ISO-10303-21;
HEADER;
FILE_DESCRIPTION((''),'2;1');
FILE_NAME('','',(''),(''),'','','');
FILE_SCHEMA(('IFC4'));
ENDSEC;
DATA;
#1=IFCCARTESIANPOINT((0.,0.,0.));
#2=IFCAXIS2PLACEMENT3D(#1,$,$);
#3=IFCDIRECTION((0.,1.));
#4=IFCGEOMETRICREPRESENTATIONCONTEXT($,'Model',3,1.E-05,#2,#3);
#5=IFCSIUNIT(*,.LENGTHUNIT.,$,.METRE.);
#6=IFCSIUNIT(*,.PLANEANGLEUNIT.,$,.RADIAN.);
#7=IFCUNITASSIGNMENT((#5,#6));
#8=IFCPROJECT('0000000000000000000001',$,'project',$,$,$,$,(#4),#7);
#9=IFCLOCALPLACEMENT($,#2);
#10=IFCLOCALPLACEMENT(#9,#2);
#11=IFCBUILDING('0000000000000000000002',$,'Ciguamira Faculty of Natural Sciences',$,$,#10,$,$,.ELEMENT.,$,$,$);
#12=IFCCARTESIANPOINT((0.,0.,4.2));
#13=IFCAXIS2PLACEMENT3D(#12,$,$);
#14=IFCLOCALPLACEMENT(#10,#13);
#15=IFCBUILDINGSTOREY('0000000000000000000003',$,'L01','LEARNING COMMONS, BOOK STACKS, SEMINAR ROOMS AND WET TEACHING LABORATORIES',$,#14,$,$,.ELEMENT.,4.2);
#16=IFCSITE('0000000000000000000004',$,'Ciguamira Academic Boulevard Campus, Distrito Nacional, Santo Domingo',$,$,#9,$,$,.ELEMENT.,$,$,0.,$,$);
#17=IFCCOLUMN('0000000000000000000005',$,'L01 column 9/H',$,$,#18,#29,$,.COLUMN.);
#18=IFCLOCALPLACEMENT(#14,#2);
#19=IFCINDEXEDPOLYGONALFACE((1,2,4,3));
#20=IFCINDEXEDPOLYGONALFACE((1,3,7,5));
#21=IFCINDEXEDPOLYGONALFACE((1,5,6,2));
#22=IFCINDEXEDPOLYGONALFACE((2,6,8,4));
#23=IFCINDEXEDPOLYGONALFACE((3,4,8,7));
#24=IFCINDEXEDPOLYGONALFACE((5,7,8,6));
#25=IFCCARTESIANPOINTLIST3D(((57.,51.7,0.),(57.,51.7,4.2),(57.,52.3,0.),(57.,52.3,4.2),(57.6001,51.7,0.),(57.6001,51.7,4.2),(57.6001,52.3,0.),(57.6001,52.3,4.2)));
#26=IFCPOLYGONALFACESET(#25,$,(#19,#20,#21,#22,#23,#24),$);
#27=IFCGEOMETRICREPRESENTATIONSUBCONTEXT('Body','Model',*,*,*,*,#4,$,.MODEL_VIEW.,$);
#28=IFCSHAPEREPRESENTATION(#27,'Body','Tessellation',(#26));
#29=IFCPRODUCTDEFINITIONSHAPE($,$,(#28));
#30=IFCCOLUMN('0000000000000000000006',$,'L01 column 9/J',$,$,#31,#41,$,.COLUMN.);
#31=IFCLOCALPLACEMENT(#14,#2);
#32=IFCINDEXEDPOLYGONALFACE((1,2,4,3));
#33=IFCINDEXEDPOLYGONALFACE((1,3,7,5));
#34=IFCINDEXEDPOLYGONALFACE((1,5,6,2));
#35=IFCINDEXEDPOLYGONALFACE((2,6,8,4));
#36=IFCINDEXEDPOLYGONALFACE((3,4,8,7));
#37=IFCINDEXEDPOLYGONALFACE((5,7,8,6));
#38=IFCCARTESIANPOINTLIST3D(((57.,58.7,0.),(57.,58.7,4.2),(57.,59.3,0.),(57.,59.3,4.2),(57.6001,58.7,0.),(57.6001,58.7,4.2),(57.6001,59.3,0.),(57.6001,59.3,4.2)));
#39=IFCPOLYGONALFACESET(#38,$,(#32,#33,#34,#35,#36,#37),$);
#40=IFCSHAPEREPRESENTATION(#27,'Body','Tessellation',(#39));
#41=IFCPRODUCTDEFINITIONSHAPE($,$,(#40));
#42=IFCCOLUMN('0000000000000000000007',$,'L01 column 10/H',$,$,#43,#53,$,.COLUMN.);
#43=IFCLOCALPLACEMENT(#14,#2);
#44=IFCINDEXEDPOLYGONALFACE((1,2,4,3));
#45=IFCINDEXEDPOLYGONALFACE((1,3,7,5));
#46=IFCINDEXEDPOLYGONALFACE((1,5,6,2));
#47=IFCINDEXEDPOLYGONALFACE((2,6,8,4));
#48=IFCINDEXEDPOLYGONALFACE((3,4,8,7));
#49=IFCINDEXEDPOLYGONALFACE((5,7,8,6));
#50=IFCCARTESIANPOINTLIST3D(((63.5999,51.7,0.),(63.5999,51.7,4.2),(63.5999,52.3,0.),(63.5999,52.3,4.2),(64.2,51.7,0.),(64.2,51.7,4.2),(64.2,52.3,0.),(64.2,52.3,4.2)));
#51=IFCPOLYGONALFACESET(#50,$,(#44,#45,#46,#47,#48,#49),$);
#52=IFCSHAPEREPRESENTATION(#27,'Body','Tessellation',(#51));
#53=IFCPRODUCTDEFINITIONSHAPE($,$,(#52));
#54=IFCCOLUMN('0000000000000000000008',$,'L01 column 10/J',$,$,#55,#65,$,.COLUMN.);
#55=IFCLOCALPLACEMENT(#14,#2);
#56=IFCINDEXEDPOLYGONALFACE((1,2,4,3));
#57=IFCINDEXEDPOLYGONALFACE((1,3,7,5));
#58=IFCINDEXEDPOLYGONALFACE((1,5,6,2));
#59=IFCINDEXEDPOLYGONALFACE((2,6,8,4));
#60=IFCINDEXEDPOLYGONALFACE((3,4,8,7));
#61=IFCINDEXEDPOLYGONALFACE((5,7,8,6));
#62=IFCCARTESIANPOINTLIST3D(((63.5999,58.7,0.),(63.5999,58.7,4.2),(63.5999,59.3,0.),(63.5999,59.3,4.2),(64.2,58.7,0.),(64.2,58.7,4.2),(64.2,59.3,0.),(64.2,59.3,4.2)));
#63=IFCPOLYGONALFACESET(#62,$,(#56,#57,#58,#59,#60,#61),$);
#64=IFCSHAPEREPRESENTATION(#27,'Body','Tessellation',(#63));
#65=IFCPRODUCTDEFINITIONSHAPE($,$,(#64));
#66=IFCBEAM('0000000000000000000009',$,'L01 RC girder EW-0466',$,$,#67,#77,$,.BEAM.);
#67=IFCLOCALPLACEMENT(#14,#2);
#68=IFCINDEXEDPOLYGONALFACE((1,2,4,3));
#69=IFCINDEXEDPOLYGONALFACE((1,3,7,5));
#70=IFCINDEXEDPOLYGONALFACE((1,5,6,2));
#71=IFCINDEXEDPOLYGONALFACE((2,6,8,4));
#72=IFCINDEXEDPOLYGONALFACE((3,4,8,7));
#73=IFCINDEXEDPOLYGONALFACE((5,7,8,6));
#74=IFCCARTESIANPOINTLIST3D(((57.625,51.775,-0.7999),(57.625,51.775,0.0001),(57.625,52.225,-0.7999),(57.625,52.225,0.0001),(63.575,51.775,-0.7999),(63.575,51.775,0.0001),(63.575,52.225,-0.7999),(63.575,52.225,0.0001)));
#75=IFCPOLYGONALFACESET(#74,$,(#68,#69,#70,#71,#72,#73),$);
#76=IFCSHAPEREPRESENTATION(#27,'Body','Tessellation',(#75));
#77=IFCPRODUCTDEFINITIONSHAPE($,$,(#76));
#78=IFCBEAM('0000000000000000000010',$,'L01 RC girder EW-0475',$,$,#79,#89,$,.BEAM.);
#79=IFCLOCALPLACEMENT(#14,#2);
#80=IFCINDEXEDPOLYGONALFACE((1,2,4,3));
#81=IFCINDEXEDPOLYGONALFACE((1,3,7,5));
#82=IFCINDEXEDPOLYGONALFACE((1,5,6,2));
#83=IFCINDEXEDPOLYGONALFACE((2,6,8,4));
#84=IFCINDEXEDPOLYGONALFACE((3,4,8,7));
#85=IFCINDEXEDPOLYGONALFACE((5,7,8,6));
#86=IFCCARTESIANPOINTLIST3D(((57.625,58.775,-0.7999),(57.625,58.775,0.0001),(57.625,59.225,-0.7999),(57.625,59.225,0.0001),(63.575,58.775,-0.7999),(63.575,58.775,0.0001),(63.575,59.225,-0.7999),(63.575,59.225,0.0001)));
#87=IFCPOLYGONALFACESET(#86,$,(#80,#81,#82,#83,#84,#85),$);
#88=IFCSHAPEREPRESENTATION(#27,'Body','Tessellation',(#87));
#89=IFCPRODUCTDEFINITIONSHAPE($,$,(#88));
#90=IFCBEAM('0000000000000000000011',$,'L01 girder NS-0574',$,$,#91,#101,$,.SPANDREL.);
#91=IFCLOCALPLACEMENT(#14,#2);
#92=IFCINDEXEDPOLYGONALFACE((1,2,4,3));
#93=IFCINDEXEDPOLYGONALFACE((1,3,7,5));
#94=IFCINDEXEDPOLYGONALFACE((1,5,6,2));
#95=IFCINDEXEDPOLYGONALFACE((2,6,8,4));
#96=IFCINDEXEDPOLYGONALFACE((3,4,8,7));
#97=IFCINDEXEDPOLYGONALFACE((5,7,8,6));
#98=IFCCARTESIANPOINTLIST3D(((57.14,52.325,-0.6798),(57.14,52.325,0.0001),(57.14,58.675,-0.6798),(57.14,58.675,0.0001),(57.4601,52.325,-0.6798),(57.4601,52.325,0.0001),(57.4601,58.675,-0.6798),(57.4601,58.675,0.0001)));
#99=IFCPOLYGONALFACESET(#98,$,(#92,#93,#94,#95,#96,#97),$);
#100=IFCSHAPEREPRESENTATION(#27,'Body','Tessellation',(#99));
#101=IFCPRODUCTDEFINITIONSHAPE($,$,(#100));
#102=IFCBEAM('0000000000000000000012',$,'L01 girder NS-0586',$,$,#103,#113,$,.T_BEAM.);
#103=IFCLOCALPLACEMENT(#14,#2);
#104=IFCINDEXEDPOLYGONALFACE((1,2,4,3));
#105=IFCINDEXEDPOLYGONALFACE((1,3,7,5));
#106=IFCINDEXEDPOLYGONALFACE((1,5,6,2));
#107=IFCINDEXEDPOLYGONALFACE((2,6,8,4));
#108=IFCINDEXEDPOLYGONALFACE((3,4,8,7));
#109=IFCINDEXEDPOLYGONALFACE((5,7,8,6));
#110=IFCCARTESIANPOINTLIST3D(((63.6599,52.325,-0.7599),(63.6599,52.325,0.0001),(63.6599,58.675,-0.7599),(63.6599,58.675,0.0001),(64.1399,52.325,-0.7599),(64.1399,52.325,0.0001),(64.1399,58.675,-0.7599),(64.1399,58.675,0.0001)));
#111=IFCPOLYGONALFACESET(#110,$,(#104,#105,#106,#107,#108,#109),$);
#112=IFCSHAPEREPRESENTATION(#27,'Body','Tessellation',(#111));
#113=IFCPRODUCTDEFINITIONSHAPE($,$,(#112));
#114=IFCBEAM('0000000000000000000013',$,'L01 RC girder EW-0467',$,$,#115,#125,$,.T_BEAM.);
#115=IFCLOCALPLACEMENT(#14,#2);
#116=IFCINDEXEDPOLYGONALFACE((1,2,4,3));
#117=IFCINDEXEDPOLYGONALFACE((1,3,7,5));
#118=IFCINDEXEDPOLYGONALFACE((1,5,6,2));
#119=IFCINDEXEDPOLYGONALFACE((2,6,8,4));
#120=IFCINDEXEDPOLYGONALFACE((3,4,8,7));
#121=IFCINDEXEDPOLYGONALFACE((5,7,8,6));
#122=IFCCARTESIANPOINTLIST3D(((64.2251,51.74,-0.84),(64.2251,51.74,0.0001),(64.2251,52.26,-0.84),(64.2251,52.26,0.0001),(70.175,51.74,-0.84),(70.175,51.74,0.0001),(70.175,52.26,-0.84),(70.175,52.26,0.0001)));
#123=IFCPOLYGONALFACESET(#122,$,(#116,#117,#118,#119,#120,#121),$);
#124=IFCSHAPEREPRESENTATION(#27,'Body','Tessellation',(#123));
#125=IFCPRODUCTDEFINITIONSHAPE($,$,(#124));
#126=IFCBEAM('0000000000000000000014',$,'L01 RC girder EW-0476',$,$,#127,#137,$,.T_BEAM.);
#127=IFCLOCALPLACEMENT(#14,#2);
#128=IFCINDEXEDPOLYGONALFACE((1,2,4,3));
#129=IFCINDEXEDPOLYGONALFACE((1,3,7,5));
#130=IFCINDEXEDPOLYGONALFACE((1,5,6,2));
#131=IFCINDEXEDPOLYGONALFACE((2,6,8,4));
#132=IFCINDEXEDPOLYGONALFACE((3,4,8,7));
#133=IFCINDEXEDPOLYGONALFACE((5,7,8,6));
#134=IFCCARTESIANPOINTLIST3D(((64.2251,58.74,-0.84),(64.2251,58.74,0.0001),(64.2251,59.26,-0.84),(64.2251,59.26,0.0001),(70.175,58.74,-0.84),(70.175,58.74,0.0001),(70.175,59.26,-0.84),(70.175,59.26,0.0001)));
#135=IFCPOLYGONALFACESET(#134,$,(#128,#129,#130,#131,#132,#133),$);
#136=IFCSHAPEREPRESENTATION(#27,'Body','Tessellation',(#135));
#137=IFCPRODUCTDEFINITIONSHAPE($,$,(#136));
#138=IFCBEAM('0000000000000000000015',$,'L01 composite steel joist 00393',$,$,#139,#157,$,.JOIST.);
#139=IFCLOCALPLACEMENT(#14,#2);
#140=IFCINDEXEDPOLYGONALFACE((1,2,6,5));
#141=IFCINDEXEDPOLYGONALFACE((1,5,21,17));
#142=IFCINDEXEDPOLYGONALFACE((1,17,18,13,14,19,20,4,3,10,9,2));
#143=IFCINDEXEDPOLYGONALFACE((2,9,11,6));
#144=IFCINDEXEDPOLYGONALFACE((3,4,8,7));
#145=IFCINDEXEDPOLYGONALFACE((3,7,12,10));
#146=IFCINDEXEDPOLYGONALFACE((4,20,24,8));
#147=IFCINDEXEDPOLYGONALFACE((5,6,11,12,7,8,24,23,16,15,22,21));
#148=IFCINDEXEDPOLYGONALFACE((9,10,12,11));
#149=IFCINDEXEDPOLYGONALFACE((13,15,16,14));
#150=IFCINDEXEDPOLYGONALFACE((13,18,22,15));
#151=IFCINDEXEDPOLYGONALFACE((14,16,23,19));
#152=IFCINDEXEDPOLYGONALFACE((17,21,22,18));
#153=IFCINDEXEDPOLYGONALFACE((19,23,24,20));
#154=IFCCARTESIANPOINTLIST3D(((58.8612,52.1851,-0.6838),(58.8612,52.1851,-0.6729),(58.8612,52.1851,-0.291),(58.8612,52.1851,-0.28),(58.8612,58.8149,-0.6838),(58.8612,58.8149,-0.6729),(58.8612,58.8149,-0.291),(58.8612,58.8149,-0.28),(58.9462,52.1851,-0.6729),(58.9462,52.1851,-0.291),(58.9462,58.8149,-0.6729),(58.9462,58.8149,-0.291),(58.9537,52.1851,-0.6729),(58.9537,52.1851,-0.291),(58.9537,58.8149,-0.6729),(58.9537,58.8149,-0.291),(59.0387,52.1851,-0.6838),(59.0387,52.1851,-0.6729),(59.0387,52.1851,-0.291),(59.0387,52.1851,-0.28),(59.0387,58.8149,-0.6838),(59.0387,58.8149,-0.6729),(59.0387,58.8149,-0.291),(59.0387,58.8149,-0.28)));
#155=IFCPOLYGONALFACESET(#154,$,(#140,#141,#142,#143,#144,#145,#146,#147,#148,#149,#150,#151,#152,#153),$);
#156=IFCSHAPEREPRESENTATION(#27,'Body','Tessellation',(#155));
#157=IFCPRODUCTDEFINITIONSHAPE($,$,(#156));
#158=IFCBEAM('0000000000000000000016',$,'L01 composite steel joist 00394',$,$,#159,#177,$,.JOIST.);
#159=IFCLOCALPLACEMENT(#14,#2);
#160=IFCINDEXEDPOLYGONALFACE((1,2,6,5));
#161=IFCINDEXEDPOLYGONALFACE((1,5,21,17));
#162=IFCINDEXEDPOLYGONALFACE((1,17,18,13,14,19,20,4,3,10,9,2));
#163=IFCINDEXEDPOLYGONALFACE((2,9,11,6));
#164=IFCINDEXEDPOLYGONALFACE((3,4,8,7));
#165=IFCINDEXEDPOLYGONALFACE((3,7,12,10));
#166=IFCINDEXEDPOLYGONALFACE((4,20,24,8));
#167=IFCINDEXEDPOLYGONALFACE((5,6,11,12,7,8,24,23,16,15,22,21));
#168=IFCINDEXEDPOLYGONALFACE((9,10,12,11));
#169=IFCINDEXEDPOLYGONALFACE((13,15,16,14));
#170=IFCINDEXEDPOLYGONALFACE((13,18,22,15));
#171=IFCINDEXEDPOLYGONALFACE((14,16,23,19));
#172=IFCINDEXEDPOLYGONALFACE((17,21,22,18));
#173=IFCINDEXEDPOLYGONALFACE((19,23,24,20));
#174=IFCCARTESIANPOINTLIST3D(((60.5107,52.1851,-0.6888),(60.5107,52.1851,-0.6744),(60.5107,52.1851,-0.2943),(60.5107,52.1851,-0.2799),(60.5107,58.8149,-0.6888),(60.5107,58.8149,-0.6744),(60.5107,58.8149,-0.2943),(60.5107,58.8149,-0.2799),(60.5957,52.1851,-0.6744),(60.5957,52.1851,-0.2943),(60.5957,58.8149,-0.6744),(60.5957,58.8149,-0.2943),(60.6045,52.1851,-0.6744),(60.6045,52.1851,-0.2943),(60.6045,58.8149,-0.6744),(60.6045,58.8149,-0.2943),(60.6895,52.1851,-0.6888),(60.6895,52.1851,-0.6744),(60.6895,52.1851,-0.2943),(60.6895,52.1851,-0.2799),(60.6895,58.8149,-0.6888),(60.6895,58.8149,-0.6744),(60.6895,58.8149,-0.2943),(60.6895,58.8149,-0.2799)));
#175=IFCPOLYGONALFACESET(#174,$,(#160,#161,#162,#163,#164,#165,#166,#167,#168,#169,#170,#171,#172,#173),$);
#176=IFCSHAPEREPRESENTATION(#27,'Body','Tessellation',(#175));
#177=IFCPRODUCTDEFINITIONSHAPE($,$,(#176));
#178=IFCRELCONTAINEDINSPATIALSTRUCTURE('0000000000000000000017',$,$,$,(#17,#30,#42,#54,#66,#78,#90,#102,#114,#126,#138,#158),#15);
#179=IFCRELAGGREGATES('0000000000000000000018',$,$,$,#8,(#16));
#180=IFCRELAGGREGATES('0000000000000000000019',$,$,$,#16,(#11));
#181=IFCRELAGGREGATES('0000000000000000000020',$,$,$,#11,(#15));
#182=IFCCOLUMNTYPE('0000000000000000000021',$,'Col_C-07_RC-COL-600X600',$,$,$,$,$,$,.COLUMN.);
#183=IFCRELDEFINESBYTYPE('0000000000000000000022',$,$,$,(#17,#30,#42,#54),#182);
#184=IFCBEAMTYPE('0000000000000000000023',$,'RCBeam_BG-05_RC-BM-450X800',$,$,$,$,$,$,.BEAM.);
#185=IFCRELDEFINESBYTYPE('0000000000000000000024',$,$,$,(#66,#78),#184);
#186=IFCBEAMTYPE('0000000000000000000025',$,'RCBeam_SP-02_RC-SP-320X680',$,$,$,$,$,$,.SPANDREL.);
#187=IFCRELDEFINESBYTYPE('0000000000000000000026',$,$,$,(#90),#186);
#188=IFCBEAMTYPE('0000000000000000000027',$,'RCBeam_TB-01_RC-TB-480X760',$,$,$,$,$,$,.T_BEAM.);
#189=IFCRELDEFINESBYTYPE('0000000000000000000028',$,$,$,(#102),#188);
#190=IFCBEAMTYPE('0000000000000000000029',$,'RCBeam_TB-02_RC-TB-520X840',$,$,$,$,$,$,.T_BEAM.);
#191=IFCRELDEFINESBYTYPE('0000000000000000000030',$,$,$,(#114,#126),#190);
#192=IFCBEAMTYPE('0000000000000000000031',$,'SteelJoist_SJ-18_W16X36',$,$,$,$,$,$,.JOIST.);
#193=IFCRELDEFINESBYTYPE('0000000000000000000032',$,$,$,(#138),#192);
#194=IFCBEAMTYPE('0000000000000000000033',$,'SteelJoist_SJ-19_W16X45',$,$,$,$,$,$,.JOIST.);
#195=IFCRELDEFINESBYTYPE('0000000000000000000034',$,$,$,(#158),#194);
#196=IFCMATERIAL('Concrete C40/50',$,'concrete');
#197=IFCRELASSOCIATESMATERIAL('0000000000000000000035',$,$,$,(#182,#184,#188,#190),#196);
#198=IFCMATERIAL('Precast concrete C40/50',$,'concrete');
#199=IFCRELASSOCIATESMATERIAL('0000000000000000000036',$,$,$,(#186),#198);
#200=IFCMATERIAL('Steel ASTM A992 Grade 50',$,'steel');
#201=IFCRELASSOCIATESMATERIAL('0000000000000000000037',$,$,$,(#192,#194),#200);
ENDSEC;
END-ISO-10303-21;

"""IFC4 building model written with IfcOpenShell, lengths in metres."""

from ifc_helpers import new_model, si_unit, direction, frame, origin, origin_2d, place, context, subcontext, project, spatial, rectangle, i_section, extrude, material, material_profile, profile_set, type_object, element, save


model = new_model("IFC4")

# Units and contexts
model_context = context("Model", 3, precision=1e-05, world=origin(), true_north=direction((0.0, 1.0)))
body_context = subcontext(model_context, "Body", "Model", "MODEL_VIEW")
ifc_project = project(units=[si_unit("LENGTHUNIT", "METRE"), si_unit("PLANEANGLEUNIT", "RADIAN")], contexts=[model_context])

# Site, building, storey
site_placement = place(None, origin())
site = spatial("IfcSite", under=ifc_project, at=site_placement, Name="Ciguamira Academic Boulevard Campus, Distrito Nacional, Santo Domingo", CompositionType="ELEMENT", RefElevation=0.0)
building_placement = place(site_placement, origin())
building = spatial("IfcBuilding", under=site, at=building_placement, Name="Ciguamira Faculty of Natural Sciences", CompositionType="ELEMENT")
storey_placement = place(building_placement, frame((0.0, 0.0, 4.2)))
storey = spatial("IfcBuildingStorey", under=building, at=storey_placement, Name="L01", Description="LEARNING COMMONS, BOOK STACKS, SEMINAR ROOMS AND WET TEACHING LABORATORIES", CompositionType="ELEMENT", Elevation=4.2)

# Columns
ifc_material_1 = material(Name="Concrete C40/50", Category="concrete")
ifc_material_profile_1 = material_profile(ifc_material_1, rectangle(XDim=0.6001, YDim=0.6001, at=origin_2d()), Name="RC-COL-600X600")
ifc_profile_set_1 = profile_set([ifc_material_profile_1], Name="Concrete C40/50")
column_type = type_object("IfcColumnType", Name="Col_C-07_RC-COL-600X600", PredefinedType="COLUMN", material=ifc_profile_set_1)
for number, where, z_axis, x_axis, name in (
    (1, (57.3, 52.0, 0.0), (0.0, 0.0, 1.0), (1.0, 0.0, 0.0), "L01 column 9/H"),
    (2, (57.3, 59.0, 0.0), (0.0, 0.0, 1.0), (1.0, 0.0, 0.0), "L01 column 9/J"),
    (3, (63.8999, 52.0, 0.0), (0.0, 0.0, 1.0), (1.0, 0.0, 0.0), "L01 column 10/H"),
    (4, (63.8999, 59.0, 0.0), (0.0, 0.0, 1.0), (1.0, 0.0, 0.0), "L01 column 10/J"),
):
    element("IfcColumn", number, at=place(storey_placement, frame(where, z_axis=z_axis, x_axis=x_axis)), inside=storey, type_object=column_type, Name=name, PredefinedType="COLUMN", context=body_context, shape_type="SweptSolid", body=[
        extrude(rectangle(XDim=0.6001, YDim=0.6001, at=origin_2d()), origin(), (0.0, 0.0, 1.0), 4.2),
    ])

# Beams
ifc_material_profile_2 = material_profile(ifc_material_1, rectangle(XDim=0.45, YDim=0.8, at=origin_2d()), Name="RC-BM-450X800")
ifc_profile_set_2 = profile_set([ifc_material_profile_2], Name="Concrete C40/50")
beam_type_1 = type_object("IfcBeamType", Name="RCBeam_BG-05_RC-BM-450X800", PredefinedType="BEAM", material=ifc_profile_set_2)
for number, where, z_axis, x_axis, name in (
    (5, (57.625, 52.0, -0.3999), (1.0, 0.0, 0.0), (0.0, 1.0, 0.0), "L01 RC girder EW-0466"),
    (6, (57.625, 59.0, -0.3999), (1.0, 0.0, 0.0), (0.0, 1.0, 0.0), "L01 RC girder EW-0475"),
):
    element("IfcBeam", number, at=place(storey_placement, frame(where, z_axis=z_axis, x_axis=x_axis)), inside=storey, type_object=beam_type_1, Name=name, PredefinedType="BEAM", context=body_context, shape_type="SweptSolid", body=[
        extrude(rectangle(XDim=0.45, YDim=0.8, at=origin_2d()), origin(), (0.0, 0.0, 1.0), 5.95),
    ])
ifc_material_2 = material(Name="Precast concrete C40/50", Category="concrete")
ifc_material_profile_3 = material_profile(ifc_material_2, rectangle(XDim=0.3201, YDim=0.6799, at=origin_2d()), Name="RC-SP-320X680")
ifc_profile_set_3 = profile_set([ifc_material_profile_3], Name="Precast concrete C40/50")
beam_type_2 = type_object("IfcBeamType", Name="RCBeam_SP-02_RC-SP-320X680", PredefinedType="SPANDREL", material=ifc_profile_set_3)
beam_1_placement = place(storey_placement, frame((57.3, 52.325, -0.3398), z_axis=(0.0, 1.0, 0.0), x_axis=(-1.0, 0.0, 0.0)))
element("IfcBeam", 7, at=beam_1_placement, inside=storey, type_object=beam_type_2, Name="L01 girder NS-0574", PredefinedType="SPANDREL", context=body_context, shape_type="SweptSolid", body=[
    extrude(rectangle(XDim=0.3201, YDim=0.6799, at=origin_2d()), origin(), (0.0, 0.0, 1.0), 6.3501),
])
ifc_material_profile_4 = material_profile(ifc_material_1, rectangle(XDim=0.48, YDim=0.76, at=origin_2d()), Name="RC-TB-480X760")
ifc_profile_set_4 = profile_set([ifc_material_profile_4], Name="Concrete C40/50")
beam_type_3 = type_object("IfcBeamType", Name="RCBeam_TB-01_RC-TB-480X760", PredefinedType="T_BEAM", material=ifc_profile_set_4)
beam_2_placement = place(storey_placement, frame((63.8999, 52.325, -0.3799), z_axis=(0.0, 1.0, 0.0), x_axis=(-1.0, 0.0, 0.0)))
element("IfcBeam", 8, at=beam_2_placement, inside=storey, type_object=beam_type_3, Name="L01 girder NS-0586", PredefinedType="T_BEAM", context=body_context, shape_type="SweptSolid", body=[
    extrude(rectangle(XDim=0.48, YDim=0.76, at=origin_2d()), origin(), (0.0, 0.0, 1.0), 6.3501),
])
ifc_material_profile_5 = material_profile(ifc_material_1, rectangle(XDim=0.52, YDim=0.8401, at=origin_2d()), Name="RC-TB-520X840")
ifc_profile_set_5 = profile_set([ifc_material_profile_5], Name="Concrete C40/50")
beam_type_4 = type_object("IfcBeamType", Name="RCBeam_TB-02_RC-TB-520X840", PredefinedType="T_BEAM", material=ifc_profile_set_5)
for number, where, z_axis, x_axis, name in (
    (9, (64.2251, 52.0, -0.4199), (1.0, 0.0, 0.0), (0.0, 1.0, 0.0), "L01 RC girder EW-0467"),
    (10, (64.2251, 59.0, -0.4199), (1.0, 0.0, 0.0), (0.0, 1.0, 0.0), "L01 RC girder EW-0476"),
):
    element("IfcBeam", number, at=place(storey_placement, frame(where, z_axis=z_axis, x_axis=x_axis)), inside=storey, type_object=beam_type_4, Name=name, PredefinedType="T_BEAM", context=body_context, shape_type="SweptSolid", body=[
        extrude(rectangle(XDim=0.52, YDim=0.8401, at=origin_2d()), origin(), (0.0, 0.0, 1.0), 5.95),
    ])
ifc_material_3 = material(Name="Steel ASTM A992 Grade 50", Category="steel")
ifc_material_profile_6 = material_profile(ifc_material_3, i_section(OverallWidth=0.1775, OverallDepth=0.4038, WebThickness=0.0076, FlangeThickness=0.011, at=origin_2d()), Name="W16X36")
ifc_profile_set_6 = profile_set([ifc_material_profile_6], Name="Steel ASTM A992 Grade 50")
beam_type_5 = type_object("IfcBeamType", Name="SteelJoist_SJ-18_W16X36", PredefinedType="JOIST", material=ifc_profile_set_6)
beam_3_placement = place(storey_placement, frame((58.95, 52.1851, -0.4819), z_axis=(0.0, 1.0, 0.0), x_axis=(-1.0, 0.0, 0.0)))
element("IfcBeam", 11, at=beam_3_placement, inside=storey, type_object=beam_type_5, Name="L01 composite steel joist 00393", PredefinedType="JOIST", context=body_context, shape_type="SweptSolid", body=[
    extrude(i_section(OverallWidth=0.1775, OverallDepth=0.4038, WebThickness=0.0076, FlangeThickness=0.011, at=origin_2d()), origin(), (0.0, 0.0, 1.0), 6.6299),
])
ifc_material_profile_7 = material_profile(ifc_material_3, i_section(OverallWidth=0.1787, OverallDepth=0.4089, WebThickness=0.0088, FlangeThickness=0.0144, at=origin_2d()), Name="W16X45")
ifc_profile_set_7 = profile_set([ifc_material_profile_7], Name="Steel ASTM A992 Grade 50")
beam_type_6 = type_object("IfcBeamType", Name="SteelJoist_SJ-19_W16X45", PredefinedType="JOIST", material=ifc_profile_set_7)
beam_4_placement = place(storey_placement, frame((60.6001, 52.1851, -0.4844), z_axis=(0.0, 1.0, 0.0), x_axis=(-1.0, 0.0, 0.0)))
element("IfcBeam", 12, at=beam_4_placement, inside=storey, type_object=beam_type_6, Name="L01 composite steel joist 00394", PredefinedType="JOIST", context=body_context, shape_type="SweptSolid", body=[
    extrude(i_section(OverallWidth=0.1787, OverallDepth=0.4089, WebThickness=0.0088, FlangeThickness=0.0144, at=origin_2d()), origin(), (0.0, 0.0, 1.0), 6.6299),
])

save(model, "model.ifc")
